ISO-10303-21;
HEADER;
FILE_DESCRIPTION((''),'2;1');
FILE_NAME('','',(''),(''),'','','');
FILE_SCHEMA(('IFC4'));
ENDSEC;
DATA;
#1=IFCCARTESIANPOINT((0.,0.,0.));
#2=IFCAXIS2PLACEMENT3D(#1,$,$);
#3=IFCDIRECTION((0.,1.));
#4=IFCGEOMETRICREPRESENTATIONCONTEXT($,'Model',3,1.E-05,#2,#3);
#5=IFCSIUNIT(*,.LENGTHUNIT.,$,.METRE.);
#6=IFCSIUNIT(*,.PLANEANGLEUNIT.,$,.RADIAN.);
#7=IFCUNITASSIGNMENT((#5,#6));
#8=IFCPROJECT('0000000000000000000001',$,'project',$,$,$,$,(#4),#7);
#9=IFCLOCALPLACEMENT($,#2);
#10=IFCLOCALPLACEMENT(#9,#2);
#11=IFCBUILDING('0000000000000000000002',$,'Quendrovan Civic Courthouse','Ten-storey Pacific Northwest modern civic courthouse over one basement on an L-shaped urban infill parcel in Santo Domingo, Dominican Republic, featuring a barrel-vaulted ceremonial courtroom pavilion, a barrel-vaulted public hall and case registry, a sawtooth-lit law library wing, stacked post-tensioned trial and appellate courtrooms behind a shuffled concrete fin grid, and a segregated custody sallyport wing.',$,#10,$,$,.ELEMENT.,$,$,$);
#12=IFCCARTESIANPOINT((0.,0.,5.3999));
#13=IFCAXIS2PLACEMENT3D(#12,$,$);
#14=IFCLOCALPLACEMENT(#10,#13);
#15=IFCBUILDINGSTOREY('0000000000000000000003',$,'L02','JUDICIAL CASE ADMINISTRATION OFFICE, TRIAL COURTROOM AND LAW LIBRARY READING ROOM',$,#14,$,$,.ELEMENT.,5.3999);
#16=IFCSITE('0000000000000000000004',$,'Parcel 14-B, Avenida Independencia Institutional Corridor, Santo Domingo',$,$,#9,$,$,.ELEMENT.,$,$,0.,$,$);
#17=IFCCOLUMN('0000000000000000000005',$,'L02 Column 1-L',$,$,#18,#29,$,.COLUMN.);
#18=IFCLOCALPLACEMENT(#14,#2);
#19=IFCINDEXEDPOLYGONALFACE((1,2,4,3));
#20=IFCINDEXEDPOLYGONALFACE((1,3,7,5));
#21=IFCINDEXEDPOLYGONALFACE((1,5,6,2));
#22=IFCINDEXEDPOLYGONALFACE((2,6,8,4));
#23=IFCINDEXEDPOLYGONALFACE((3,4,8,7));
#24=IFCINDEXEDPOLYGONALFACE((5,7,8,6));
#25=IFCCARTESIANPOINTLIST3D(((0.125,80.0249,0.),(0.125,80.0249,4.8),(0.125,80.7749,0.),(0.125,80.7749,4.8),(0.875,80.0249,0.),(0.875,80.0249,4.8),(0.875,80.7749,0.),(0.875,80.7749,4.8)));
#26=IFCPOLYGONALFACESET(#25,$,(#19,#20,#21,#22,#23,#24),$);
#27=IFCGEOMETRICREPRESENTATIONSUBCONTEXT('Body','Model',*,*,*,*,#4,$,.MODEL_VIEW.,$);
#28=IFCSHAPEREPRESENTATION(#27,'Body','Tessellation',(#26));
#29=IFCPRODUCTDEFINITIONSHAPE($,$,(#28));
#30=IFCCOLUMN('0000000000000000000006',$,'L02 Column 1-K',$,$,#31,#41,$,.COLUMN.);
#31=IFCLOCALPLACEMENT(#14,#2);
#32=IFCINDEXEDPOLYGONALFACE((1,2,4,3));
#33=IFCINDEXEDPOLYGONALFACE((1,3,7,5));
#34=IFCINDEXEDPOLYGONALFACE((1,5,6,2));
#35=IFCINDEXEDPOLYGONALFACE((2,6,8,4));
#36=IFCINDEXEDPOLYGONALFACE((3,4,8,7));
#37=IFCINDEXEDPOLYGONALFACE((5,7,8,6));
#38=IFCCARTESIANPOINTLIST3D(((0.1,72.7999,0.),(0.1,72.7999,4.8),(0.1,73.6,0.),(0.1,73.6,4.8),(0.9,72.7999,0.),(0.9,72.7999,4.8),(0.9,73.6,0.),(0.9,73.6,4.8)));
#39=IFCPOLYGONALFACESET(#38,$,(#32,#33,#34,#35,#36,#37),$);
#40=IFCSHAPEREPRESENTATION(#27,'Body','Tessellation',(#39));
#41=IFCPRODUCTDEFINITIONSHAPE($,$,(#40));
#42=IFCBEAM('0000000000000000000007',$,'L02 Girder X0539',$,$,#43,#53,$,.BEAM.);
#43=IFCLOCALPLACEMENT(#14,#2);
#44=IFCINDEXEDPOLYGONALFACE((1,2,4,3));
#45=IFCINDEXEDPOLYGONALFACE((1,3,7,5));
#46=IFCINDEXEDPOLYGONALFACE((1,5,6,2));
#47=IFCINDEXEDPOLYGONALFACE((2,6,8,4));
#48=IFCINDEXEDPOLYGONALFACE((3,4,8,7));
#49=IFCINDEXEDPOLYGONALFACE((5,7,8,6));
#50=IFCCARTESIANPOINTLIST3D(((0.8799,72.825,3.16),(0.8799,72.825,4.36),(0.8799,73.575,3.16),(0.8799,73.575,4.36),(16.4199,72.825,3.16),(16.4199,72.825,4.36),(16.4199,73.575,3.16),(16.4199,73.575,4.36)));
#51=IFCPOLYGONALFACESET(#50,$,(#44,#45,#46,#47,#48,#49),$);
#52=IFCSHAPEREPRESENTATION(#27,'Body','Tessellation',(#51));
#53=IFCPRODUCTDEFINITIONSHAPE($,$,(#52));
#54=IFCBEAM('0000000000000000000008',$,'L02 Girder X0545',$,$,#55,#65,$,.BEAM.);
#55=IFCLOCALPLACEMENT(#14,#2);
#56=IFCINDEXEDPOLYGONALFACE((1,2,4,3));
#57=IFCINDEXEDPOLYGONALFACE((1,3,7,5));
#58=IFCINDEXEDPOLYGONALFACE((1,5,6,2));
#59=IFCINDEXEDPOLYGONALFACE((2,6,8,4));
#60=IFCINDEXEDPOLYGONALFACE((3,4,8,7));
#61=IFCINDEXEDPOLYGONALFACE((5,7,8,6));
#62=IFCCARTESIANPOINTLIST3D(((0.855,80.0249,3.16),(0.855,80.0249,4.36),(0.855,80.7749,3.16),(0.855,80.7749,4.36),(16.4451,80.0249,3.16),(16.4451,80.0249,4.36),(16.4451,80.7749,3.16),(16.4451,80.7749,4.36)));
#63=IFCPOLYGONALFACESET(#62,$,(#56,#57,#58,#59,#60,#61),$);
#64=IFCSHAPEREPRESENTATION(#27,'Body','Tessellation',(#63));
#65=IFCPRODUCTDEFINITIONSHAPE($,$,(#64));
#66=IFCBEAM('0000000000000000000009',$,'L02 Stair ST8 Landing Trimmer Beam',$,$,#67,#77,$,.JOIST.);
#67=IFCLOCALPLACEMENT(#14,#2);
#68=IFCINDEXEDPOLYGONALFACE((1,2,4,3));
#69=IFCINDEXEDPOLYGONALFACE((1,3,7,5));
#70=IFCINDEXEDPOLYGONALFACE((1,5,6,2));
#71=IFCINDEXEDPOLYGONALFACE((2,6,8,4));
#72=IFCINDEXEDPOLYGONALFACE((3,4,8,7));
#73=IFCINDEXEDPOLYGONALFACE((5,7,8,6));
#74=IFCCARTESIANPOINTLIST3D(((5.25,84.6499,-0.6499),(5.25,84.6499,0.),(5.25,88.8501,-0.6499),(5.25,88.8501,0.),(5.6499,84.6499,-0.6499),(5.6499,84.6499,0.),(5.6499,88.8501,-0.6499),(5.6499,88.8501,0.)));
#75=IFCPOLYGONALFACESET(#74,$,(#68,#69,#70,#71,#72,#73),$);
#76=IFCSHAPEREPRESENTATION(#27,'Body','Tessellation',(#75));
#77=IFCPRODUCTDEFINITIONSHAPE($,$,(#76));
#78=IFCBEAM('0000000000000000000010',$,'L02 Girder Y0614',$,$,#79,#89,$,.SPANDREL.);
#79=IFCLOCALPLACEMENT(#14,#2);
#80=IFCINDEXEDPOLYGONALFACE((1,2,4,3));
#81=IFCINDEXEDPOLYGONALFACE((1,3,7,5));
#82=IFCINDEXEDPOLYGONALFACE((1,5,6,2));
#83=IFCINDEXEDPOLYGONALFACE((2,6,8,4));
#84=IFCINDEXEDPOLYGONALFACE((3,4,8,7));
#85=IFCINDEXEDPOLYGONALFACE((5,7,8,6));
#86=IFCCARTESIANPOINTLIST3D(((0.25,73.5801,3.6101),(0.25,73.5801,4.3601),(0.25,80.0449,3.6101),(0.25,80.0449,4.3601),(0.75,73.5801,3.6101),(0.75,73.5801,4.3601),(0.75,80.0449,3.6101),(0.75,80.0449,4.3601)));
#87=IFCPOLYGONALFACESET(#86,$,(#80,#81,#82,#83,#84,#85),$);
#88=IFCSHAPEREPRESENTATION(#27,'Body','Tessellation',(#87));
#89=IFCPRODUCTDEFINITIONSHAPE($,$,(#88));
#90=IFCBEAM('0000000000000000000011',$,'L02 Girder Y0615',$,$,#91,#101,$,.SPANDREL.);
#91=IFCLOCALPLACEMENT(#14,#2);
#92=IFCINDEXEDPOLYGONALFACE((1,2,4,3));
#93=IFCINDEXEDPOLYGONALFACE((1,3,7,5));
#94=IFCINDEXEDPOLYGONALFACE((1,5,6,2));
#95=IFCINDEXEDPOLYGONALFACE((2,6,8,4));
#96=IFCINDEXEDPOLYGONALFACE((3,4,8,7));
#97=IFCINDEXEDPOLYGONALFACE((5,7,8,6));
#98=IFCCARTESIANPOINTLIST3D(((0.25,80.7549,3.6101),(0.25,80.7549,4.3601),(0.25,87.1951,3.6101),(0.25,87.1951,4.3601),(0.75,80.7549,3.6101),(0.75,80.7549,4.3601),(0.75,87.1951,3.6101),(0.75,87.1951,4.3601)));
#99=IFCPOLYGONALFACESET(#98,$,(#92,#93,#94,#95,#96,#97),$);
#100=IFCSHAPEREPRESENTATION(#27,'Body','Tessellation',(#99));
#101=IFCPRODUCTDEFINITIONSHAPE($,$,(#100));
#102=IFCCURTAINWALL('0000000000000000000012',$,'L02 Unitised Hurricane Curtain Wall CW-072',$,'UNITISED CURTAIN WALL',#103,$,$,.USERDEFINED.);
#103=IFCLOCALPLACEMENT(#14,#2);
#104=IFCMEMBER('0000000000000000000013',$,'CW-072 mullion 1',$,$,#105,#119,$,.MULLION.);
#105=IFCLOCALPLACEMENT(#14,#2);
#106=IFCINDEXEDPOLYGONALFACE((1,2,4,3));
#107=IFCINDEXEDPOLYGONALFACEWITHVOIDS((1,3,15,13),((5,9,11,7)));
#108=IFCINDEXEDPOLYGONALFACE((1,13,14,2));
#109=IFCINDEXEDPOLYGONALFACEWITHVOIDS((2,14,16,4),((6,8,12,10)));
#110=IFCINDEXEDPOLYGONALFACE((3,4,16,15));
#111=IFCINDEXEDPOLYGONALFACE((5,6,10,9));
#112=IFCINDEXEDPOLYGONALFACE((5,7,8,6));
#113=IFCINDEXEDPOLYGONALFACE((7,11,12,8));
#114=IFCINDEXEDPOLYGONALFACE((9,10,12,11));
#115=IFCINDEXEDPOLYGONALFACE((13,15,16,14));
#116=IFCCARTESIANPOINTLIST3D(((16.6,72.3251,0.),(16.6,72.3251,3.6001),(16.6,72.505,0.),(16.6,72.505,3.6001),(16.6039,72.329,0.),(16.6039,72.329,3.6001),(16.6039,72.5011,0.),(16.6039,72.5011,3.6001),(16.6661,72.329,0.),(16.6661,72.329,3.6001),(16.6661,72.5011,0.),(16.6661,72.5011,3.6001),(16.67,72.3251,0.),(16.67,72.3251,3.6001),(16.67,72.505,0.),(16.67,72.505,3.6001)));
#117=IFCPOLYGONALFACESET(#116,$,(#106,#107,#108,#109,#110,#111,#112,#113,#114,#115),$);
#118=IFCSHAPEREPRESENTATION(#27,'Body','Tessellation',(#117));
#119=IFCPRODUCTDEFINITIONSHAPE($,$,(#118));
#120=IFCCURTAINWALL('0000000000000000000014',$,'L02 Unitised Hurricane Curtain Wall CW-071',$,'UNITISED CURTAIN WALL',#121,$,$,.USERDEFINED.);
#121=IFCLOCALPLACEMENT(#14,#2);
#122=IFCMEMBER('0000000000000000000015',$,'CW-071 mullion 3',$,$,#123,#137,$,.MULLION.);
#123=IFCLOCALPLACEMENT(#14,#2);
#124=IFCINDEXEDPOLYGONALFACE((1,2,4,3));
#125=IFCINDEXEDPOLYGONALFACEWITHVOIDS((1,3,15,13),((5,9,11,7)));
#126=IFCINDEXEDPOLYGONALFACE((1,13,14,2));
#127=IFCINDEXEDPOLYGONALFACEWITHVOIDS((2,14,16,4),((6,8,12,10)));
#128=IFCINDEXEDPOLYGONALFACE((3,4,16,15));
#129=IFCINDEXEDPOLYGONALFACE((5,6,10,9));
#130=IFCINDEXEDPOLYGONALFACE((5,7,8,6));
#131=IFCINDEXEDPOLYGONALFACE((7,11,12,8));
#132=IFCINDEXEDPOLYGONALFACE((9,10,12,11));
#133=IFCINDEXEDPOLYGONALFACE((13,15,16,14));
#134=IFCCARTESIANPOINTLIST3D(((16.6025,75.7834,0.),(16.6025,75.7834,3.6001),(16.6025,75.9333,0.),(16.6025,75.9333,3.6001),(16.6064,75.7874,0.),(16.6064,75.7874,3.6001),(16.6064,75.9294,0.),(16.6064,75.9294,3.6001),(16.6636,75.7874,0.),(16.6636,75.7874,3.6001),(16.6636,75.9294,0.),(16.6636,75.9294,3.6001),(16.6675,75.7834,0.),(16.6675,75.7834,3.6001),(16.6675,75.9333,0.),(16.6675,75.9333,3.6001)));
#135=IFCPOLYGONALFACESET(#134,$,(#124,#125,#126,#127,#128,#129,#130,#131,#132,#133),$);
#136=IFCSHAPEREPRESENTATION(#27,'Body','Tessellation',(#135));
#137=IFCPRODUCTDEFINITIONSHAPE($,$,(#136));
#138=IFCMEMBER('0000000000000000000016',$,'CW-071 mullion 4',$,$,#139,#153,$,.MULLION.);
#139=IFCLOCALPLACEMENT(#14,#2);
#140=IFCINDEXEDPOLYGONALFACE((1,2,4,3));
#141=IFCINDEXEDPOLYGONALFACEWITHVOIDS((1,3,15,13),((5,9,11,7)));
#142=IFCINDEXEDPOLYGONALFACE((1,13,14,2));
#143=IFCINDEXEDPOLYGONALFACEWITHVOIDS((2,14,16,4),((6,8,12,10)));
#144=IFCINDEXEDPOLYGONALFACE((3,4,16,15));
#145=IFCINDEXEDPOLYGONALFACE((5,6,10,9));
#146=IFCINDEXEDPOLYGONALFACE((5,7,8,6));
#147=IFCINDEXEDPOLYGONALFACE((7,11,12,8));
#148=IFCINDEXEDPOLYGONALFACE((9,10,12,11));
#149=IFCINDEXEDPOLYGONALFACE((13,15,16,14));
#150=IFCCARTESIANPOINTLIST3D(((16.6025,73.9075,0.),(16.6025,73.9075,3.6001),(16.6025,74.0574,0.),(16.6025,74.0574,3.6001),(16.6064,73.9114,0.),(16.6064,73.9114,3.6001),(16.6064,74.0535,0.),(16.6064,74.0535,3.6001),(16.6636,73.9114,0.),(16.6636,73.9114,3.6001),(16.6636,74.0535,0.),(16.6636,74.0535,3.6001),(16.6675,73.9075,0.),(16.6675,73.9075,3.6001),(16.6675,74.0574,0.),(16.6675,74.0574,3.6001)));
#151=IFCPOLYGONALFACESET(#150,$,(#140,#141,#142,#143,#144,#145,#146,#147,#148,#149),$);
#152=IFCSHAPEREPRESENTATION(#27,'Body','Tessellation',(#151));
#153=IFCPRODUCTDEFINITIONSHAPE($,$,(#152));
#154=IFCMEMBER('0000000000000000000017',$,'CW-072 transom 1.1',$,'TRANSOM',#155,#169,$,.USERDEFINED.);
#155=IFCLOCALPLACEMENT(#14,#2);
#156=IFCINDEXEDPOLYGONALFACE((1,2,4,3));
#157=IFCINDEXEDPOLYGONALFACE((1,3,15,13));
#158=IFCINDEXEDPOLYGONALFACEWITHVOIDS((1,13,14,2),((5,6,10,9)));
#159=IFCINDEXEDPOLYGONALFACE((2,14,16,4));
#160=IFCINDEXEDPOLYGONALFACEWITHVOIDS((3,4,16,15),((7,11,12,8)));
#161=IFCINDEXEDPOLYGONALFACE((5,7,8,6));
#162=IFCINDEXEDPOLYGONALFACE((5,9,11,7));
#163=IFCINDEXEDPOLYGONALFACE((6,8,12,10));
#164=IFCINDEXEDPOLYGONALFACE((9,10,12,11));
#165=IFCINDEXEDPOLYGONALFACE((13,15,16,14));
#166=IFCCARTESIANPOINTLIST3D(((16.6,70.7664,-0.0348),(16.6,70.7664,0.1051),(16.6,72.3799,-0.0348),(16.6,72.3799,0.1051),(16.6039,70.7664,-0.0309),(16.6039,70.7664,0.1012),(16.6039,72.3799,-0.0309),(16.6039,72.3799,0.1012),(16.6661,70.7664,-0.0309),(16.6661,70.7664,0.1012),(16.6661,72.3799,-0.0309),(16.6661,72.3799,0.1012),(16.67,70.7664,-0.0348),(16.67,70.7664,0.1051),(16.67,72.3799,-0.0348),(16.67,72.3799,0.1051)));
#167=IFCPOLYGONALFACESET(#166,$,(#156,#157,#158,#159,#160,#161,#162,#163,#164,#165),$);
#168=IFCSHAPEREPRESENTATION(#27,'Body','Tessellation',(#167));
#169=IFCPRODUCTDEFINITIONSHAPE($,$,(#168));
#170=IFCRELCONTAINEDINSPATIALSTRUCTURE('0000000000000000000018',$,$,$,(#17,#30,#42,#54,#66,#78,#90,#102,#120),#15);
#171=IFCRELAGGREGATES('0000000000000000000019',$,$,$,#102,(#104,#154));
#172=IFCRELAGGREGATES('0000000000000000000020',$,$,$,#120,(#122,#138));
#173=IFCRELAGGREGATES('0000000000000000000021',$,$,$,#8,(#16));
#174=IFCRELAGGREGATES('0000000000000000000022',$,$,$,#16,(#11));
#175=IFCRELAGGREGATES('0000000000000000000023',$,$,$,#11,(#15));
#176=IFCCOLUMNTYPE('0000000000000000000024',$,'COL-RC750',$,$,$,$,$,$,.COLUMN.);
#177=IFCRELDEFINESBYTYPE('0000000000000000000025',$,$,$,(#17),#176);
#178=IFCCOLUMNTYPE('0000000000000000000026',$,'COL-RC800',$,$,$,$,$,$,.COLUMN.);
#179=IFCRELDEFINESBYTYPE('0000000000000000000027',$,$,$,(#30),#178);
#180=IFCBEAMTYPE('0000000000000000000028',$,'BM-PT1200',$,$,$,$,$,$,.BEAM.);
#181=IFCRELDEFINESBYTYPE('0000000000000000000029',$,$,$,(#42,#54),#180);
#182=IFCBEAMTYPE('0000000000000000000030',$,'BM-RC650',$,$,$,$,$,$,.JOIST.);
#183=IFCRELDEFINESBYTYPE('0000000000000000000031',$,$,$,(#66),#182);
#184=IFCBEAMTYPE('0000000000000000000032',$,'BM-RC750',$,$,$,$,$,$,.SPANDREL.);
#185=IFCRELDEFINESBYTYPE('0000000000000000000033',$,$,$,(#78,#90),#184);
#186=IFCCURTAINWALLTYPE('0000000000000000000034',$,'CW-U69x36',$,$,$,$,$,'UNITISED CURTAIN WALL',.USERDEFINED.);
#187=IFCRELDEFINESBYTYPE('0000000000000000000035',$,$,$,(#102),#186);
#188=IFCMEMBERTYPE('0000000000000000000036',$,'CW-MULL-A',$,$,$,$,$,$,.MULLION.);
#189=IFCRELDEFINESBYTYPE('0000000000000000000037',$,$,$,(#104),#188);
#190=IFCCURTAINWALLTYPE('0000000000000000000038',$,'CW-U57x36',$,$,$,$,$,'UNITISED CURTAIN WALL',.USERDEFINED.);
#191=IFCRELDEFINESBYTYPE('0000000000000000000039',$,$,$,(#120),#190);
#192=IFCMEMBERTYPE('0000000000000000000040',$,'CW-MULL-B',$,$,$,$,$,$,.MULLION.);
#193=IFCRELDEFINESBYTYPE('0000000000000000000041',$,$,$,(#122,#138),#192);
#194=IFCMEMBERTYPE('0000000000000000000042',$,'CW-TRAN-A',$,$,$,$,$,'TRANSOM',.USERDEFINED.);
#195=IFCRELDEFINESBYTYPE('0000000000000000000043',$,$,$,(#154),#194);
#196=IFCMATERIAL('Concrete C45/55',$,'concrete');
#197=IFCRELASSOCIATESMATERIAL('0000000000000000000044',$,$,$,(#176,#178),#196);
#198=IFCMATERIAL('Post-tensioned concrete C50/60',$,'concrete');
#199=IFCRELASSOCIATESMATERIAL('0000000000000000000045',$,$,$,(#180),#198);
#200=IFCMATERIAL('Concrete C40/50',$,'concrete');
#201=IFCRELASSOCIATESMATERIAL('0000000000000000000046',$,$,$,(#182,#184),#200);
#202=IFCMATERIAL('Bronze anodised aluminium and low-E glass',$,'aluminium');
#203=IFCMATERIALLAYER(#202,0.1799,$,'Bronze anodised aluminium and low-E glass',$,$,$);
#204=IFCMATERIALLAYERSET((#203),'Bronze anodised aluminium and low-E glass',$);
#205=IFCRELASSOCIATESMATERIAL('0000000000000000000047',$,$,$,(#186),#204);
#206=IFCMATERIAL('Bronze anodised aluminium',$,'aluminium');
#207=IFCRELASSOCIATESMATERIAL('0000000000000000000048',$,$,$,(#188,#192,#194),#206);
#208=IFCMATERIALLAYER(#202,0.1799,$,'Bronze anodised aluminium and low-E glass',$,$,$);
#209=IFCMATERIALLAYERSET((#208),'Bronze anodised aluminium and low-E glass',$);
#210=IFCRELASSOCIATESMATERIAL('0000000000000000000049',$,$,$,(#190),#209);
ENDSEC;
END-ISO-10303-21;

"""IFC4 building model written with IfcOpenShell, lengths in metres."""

from ifc_helpers import new_model, si_unit, direction, frame, origin, origin_2d, place, context, subcontext, project, spatial, rectangle, hollow_rectangle, extrude, material, layer, layer_set, material_profile, profile_set, type_object, element, aggregate, save


model = new_model("IFC4")

# Units and contexts
model_context = context("Model", 3, precision=1e-05, world=origin(), true_north=direction((0.0, 1.0)))
body_context = subcontext(model_context, "Body", "Model", "MODEL_VIEW")
ifc_project = project(units=[si_unit("LENGTHUNIT", "METRE"), si_unit("PLANEANGLEUNIT", "RADIAN")], contexts=[model_context])

# Site, building, storey
site_placement = place(None, origin())
site = spatial("IfcSite", under=ifc_project, at=site_placement, Name="Parcel 14-B, Avenida Independencia Institutional Corridor, Santo Domingo", CompositionType="ELEMENT", RefElevation=0.0)
building_placement = place(site_placement, origin())
building = spatial("IfcBuilding", under=site, at=building_placement, Name="Quendrovan Civic Courthouse", Description="Ten-storey Pacific Northwest modern civic courthouse over one basement on an L-shaped urban infill parcel in Santo Domingo, Dominican Republic, featuring a barrel-vaulted ceremonial courtroom pavilion, a barrel-vaulted public hall and case registry, a sawtooth-lit law library wing, stacked post-tensioned trial and appellate courtrooms behind a shuffled concrete fin grid, and a segregated custody sallyport wing.", CompositionType="ELEMENT")
storey_placement = place(building_placement, frame((0.0, 0.0, 5.3999)))
storey = spatial("IfcBuildingStorey", under=building, at=storey_placement, Name="L02", Description="JUDICIAL CASE ADMINISTRATION OFFICE, TRIAL COURTROOM AND LAW LIBRARY READING ROOM", CompositionType="ELEMENT", Elevation=5.3999)

# Columns
ifc_material_1 = material(Name="Concrete C45/55", Category="concrete")
ifc_material_profile_1 = material_profile(ifc_material_1, rectangle(XDim=0.75, YDim=0.75, at=origin_2d()), Name="RC-COL-750x750")
ifc_profile_set_1 = profile_set([ifc_material_profile_1], Name="Concrete C45/55")
column_type_1 = type_object("IfcColumnType", Name="COL-RC750", PredefinedType="COLUMN", material=ifc_profile_set_1)
column_1_placement = place(storey_placement, frame((0.5, 80.3999, 0.0), z_axis=(0.0, 0.0, 1.0), x_axis=(1.0, 0.0, 0.0)))
element("IfcColumn", 1, at=column_1_placement, inside=storey, type_object=column_type_1, Name="L02 Column 1-L", PredefinedType="COLUMN", context=body_context, shape_type="SweptSolid", body=[
    extrude(rectangle(XDim=0.75, YDim=0.75, at=origin_2d()), origin(), (0.0, 0.0, 1.0), 4.8),
])
ifc_material_profile_2 = material_profile(ifc_material_1, rectangle(XDim=0.8, YDim=0.8, at=origin_2d()), Name="RC-COL-800x800")
ifc_profile_set_2 = profile_set([ifc_material_profile_2], Name="Concrete C45/55")
column_type_2 = type_object("IfcColumnType", Name="COL-RC800", PredefinedType="COLUMN", material=ifc_profile_set_2)
column_2_placement = place(storey_placement, frame((0.5, 73.2, 0.0), z_axis=(0.0, 0.0, 1.0), x_axis=(1.0, 0.0, 0.0)))
element("IfcColumn", 2, at=column_2_placement, inside=storey, type_object=column_type_2, Name="L02 Column 1-K", PredefinedType="COLUMN", context=body_context, shape_type="SweptSolid", body=[
    extrude(rectangle(XDim=0.8, YDim=0.8, at=origin_2d()), origin(), (0.0, 0.0, 1.0), 4.8),
])

# Beams
ifc_material_2 = material(Name="Post-tensioned concrete C50/60", Category="concrete")
ifc_material_profile_3 = material_profile(ifc_material_2, rectangle(XDim=0.75, YDim=1.2, at=origin_2d()), Name="PT-GIRD-750x1200")
ifc_profile_set_3 = profile_set([ifc_material_profile_3], Name="Post-tensioned concrete C50/60")
beam_type_1 = type_object("IfcBeamType", Name="BM-PT1200", PredefinedType="BEAM", material=ifc_profile_set_3)
beam_1_placement = place(storey_placement, frame((0.8799, 73.2, 3.76), z_axis=(1.0, 0.0, 0.0), x_axis=(0.0, 1.0, 0.0)))
element("IfcBeam", 3, at=beam_1_placement, inside=storey, type_object=beam_type_1, Name="L02 Girder X0539", PredefinedType="BEAM", context=body_context, shape_type="SweptSolid", body=[
    extrude(rectangle(XDim=0.75, YDim=1.2, at=origin_2d()), origin(), (0.0, 0.0, 1.0), 15.54),
])
beam_2_placement = place(storey_placement, frame((0.855, 80.3999, 3.76), z_axis=(1.0, 0.0, 0.0), x_axis=(0.0, 1.0, 0.0)))
element("IfcBeam", 4, at=beam_2_placement, inside=storey, type_object=beam_type_1, Name="L02 Girder X0545", PredefinedType="BEAM", context=body_context, shape_type="SweptSolid", body=[
    extrude(rectangle(XDim=0.75, YDim=1.2, at=origin_2d()), origin(), (0.0, 0.0, 1.0), 15.5901),
])
ifc_material_3 = material(Name="Concrete C40/50", Category="concrete")
ifc_material_profile_4 = material_profile(ifc_material_3, rectangle(XDim=0.3999, YDim=0.6499, at=origin_2d()), Name="RC-BM-400x650")
ifc_profile_set_4 = profile_set([ifc_material_profile_4], Name="Concrete C40/50")
beam_type_2 = type_object("IfcBeamType", Name="BM-RC650", PredefinedType="JOIST", material=ifc_profile_set_4)
beam_3_placement = place(storey_placement, frame((5.45, 84.6499, -0.325), z_axis=(0.0, 1.0, 0.0), x_axis=(-1.0, 0.0, 0.0)))
element("IfcBeam", 5, at=beam_3_placement, inside=storey, type_object=beam_type_2, Name="L02 Stair ST8 Landing Trimmer Beam", PredefinedType="JOIST", context=body_context, shape_type="SweptSolid", body=[
    extrude(rectangle(XDim=0.3999, YDim=0.6499, at=origin_2d()), origin(), (0.0, 0.0, 1.0), 4.2002),
])
ifc_material_profile_5 = material_profile(ifc_material_3, rectangle(XDim=0.5, YDim=0.75, at=origin_2d()), Name="RC-BM-500x750")
ifc_profile_set_5 = profile_set([ifc_material_profile_5], Name="Concrete C40/50")
beam_type_3 = type_object("IfcBeamType", Name="BM-RC750", PredefinedType="SPANDREL", material=ifc_profile_set_5)
beam_4_placement = place(storey_placement, frame((0.5, 73.5801, 3.9851), z_axis=(0.0, 1.0, 0.0), x_axis=(-1.0, 0.0, 0.0)))
element("IfcBeam", 6, at=beam_4_placement, inside=storey, type_object=beam_type_3, Name="L02 Girder Y0614", PredefinedType="SPANDREL", context=body_context, shape_type="SweptSolid", body=[
    extrude(rectangle(XDim=0.5, YDim=0.75, at=origin_2d()), origin(), (0.0, 0.0, 1.0), 6.4648),
])
beam_5_placement = place(storey_placement, frame((0.5, 80.7549, 3.9851), z_axis=(0.0, 1.0, 0.0), x_axis=(-1.0, 0.0, 0.0)))
element("IfcBeam", 7, at=beam_5_placement, inside=storey, type_object=beam_type_3, Name="L02 Girder Y0615", PredefinedType="SPANDREL", context=body_context, shape_type="SweptSolid", body=[
    extrude(rectangle(XDim=0.5, YDim=0.75, at=origin_2d()), origin(), (0.0, 0.0, 1.0), 6.4402),
])

# Curtain wall, member
ifc_material_4 = material(Name="Bronze anodised aluminium and low-E glass", Category="aluminium")
ifc_layer_1 = layer(ifc_material_4, 0.1799, Name="Bronze anodised aluminium and low-E glass")
ifc_layer_set_1 = layer_set([ifc_layer_1], Name="Bronze anodised aluminium and low-E glass")
curtain_wall_type_1 = type_object("IfcCurtainWallType", Name="CW-U69x36", ElementType="UNITISED CURTAIN WALL", PredefinedType="USERDEFINED", material=ifc_layer_set_1)
curtain_wall_1_placement = place(storey_placement, origin())
curtain_wall_1 = element("IfcCurtainWall", 8, at=curtain_wall_1_placement, inside=storey, type_object=curtain_wall_type_1, Name="L02 Unitised Hurricane Curtain Wall CW-072", ObjectType="UNITISED CURTAIN WALL", PredefinedType="USERDEFINED")
ifc_material_5 = material(Name="Bronze anodised aluminium", Category="aluminium")
ifc_material_profile_6 = material_profile(ifc_material_5, hollow_rectangle(XDim=0.0701, YDim=0.1799, WallThickness=0.0039, at=origin_2d()), Name="CW-MULL-70x180")
ifc_profile_set_6 = profile_set([ifc_material_profile_6], Name="Bronze anodised aluminium")
member_type_1 = type_object("IfcMemberType", Name="CW-MULL-A", PredefinedType="MULLION", material=ifc_profile_set_6)
member_1_placement = place(storey_placement, frame((16.635, 72.415, 0.0), z_axis=(0.0, 0.0, 1.0), x_axis=(1.0, 0.0, 0.0)))
member_1 = element("IfcMember", 9, at=member_1_placement, type_object=member_type_1, Name="CW-072 mullion 1", PredefinedType="MULLION", context=body_context, shape_type="SweptSolid", body=[
    extrude(hollow_rectangle(XDim=0.0701, YDim=0.1799, WallThickness=0.0039, at=origin_2d()), origin(), (0.0, 0.0, 1.0), 3.6001),
])

# Curtain wall, members
ifc_layer_2 = layer(ifc_material_4, 0.1799, Name="Bronze anodised aluminium and low-E glass")
ifc_layer_set_2 = layer_set([ifc_layer_2], Name="Bronze anodised aluminium and low-E glass")
curtain_wall_type_2 = type_object("IfcCurtainWallType", Name="CW-U57x36", ElementType="UNITISED CURTAIN WALL", PredefinedType="USERDEFINED", material=ifc_layer_set_2)
curtain_wall_2_placement = place(storey_placement, origin())
curtain_wall_2 = element("IfcCurtainWall", 10, at=curtain_wall_2_placement, inside=storey, type_object=curtain_wall_type_2, Name="L02 Unitised Hurricane Curtain Wall CW-071", ObjectType="UNITISED CURTAIN WALL", PredefinedType="USERDEFINED")
ifc_material_profile_7 = material_profile(ifc_material_5, hollow_rectangle(XDim=0.0649, YDim=0.1499, WallThickness=0.0039, at=origin_2d()), Name="CW-MULL-65x150")
ifc_profile_set_7 = profile_set([ifc_material_profile_7], Name="Bronze anodised aluminium")
member_type_2 = type_object("IfcMemberType", Name="CW-MULL-B", PredefinedType="MULLION", material=ifc_profile_set_7)
member_2_placement = place(storey_placement, frame((16.635, 75.8584, 0.0), z_axis=(0.0, 0.0, 1.0), x_axis=(1.0, 0.0, 0.0)))
member_2 = element("IfcMember", 11, at=member_2_placement, type_object=member_type_2, Name="CW-071 mullion 3", PredefinedType="MULLION", context=body_context, shape_type="SweptSolid", body=[
    extrude(hollow_rectangle(XDim=0.0649, YDim=0.1499, WallThickness=0.0039, at=origin_2d()), origin(), (0.0, 0.0, 1.0), 3.6001),
])
member_3_placement = place(storey_placement, frame((16.635, 73.9824, 0.0), z_axis=(0.0, 0.0, 1.0), x_axis=(1.0, 0.0, 0.0)))
member_3 = element("IfcMember", 12, at=member_3_placement, type_object=member_type_2, Name="CW-071 mullion 4", PredefinedType="MULLION", context=body_context, shape_type="SweptSolid", body=[
    extrude(hollow_rectangle(XDim=0.0649, YDim=0.1499, WallThickness=0.0039, at=origin_2d()), origin(), (0.0, 0.0, 1.0), 3.6001),
])

# Member
ifc_material_profile_8 = material_profile(ifc_material_5, hollow_rectangle(XDim=0.0701, YDim=0.1399, WallThickness=0.0039, at=origin_2d()), Name="CW-TRAN-70x140")
ifc_profile_set_8 = profile_set([ifc_material_profile_8], Name="Bronze anodised aluminium")
member_type_3 = type_object("IfcMemberType", Name="CW-TRAN-A", ElementType="TRANSOM", PredefinedType="USERDEFINED", material=ifc_profile_set_8)
member_4_placement = place(storey_placement, frame((16.635, 72.3799, 0.0352), z_axis=(0.0, -1.0, 0.0), x_axis=(1.0, 0.0, 0.0)))
member_4 = element("IfcMember", 13, at=member_4_placement, type_object=member_type_3, Name="CW-072 transom 1.1", ObjectType="TRANSOM", PredefinedType="USERDEFINED", context=body_context, shape_type="SweptSolid", body=[
    extrude(hollow_rectangle(XDim=0.0701, YDim=0.1399, WallThickness=0.0039, at=origin_2d()), origin(), (0.0, 0.0, 1.0), 1.6135),
])

aggregate(curtain_wall_1, [member_1, member_4])
aggregate(curtain_wall_2, [member_2, member_3])

save(model, "model.ifc")
